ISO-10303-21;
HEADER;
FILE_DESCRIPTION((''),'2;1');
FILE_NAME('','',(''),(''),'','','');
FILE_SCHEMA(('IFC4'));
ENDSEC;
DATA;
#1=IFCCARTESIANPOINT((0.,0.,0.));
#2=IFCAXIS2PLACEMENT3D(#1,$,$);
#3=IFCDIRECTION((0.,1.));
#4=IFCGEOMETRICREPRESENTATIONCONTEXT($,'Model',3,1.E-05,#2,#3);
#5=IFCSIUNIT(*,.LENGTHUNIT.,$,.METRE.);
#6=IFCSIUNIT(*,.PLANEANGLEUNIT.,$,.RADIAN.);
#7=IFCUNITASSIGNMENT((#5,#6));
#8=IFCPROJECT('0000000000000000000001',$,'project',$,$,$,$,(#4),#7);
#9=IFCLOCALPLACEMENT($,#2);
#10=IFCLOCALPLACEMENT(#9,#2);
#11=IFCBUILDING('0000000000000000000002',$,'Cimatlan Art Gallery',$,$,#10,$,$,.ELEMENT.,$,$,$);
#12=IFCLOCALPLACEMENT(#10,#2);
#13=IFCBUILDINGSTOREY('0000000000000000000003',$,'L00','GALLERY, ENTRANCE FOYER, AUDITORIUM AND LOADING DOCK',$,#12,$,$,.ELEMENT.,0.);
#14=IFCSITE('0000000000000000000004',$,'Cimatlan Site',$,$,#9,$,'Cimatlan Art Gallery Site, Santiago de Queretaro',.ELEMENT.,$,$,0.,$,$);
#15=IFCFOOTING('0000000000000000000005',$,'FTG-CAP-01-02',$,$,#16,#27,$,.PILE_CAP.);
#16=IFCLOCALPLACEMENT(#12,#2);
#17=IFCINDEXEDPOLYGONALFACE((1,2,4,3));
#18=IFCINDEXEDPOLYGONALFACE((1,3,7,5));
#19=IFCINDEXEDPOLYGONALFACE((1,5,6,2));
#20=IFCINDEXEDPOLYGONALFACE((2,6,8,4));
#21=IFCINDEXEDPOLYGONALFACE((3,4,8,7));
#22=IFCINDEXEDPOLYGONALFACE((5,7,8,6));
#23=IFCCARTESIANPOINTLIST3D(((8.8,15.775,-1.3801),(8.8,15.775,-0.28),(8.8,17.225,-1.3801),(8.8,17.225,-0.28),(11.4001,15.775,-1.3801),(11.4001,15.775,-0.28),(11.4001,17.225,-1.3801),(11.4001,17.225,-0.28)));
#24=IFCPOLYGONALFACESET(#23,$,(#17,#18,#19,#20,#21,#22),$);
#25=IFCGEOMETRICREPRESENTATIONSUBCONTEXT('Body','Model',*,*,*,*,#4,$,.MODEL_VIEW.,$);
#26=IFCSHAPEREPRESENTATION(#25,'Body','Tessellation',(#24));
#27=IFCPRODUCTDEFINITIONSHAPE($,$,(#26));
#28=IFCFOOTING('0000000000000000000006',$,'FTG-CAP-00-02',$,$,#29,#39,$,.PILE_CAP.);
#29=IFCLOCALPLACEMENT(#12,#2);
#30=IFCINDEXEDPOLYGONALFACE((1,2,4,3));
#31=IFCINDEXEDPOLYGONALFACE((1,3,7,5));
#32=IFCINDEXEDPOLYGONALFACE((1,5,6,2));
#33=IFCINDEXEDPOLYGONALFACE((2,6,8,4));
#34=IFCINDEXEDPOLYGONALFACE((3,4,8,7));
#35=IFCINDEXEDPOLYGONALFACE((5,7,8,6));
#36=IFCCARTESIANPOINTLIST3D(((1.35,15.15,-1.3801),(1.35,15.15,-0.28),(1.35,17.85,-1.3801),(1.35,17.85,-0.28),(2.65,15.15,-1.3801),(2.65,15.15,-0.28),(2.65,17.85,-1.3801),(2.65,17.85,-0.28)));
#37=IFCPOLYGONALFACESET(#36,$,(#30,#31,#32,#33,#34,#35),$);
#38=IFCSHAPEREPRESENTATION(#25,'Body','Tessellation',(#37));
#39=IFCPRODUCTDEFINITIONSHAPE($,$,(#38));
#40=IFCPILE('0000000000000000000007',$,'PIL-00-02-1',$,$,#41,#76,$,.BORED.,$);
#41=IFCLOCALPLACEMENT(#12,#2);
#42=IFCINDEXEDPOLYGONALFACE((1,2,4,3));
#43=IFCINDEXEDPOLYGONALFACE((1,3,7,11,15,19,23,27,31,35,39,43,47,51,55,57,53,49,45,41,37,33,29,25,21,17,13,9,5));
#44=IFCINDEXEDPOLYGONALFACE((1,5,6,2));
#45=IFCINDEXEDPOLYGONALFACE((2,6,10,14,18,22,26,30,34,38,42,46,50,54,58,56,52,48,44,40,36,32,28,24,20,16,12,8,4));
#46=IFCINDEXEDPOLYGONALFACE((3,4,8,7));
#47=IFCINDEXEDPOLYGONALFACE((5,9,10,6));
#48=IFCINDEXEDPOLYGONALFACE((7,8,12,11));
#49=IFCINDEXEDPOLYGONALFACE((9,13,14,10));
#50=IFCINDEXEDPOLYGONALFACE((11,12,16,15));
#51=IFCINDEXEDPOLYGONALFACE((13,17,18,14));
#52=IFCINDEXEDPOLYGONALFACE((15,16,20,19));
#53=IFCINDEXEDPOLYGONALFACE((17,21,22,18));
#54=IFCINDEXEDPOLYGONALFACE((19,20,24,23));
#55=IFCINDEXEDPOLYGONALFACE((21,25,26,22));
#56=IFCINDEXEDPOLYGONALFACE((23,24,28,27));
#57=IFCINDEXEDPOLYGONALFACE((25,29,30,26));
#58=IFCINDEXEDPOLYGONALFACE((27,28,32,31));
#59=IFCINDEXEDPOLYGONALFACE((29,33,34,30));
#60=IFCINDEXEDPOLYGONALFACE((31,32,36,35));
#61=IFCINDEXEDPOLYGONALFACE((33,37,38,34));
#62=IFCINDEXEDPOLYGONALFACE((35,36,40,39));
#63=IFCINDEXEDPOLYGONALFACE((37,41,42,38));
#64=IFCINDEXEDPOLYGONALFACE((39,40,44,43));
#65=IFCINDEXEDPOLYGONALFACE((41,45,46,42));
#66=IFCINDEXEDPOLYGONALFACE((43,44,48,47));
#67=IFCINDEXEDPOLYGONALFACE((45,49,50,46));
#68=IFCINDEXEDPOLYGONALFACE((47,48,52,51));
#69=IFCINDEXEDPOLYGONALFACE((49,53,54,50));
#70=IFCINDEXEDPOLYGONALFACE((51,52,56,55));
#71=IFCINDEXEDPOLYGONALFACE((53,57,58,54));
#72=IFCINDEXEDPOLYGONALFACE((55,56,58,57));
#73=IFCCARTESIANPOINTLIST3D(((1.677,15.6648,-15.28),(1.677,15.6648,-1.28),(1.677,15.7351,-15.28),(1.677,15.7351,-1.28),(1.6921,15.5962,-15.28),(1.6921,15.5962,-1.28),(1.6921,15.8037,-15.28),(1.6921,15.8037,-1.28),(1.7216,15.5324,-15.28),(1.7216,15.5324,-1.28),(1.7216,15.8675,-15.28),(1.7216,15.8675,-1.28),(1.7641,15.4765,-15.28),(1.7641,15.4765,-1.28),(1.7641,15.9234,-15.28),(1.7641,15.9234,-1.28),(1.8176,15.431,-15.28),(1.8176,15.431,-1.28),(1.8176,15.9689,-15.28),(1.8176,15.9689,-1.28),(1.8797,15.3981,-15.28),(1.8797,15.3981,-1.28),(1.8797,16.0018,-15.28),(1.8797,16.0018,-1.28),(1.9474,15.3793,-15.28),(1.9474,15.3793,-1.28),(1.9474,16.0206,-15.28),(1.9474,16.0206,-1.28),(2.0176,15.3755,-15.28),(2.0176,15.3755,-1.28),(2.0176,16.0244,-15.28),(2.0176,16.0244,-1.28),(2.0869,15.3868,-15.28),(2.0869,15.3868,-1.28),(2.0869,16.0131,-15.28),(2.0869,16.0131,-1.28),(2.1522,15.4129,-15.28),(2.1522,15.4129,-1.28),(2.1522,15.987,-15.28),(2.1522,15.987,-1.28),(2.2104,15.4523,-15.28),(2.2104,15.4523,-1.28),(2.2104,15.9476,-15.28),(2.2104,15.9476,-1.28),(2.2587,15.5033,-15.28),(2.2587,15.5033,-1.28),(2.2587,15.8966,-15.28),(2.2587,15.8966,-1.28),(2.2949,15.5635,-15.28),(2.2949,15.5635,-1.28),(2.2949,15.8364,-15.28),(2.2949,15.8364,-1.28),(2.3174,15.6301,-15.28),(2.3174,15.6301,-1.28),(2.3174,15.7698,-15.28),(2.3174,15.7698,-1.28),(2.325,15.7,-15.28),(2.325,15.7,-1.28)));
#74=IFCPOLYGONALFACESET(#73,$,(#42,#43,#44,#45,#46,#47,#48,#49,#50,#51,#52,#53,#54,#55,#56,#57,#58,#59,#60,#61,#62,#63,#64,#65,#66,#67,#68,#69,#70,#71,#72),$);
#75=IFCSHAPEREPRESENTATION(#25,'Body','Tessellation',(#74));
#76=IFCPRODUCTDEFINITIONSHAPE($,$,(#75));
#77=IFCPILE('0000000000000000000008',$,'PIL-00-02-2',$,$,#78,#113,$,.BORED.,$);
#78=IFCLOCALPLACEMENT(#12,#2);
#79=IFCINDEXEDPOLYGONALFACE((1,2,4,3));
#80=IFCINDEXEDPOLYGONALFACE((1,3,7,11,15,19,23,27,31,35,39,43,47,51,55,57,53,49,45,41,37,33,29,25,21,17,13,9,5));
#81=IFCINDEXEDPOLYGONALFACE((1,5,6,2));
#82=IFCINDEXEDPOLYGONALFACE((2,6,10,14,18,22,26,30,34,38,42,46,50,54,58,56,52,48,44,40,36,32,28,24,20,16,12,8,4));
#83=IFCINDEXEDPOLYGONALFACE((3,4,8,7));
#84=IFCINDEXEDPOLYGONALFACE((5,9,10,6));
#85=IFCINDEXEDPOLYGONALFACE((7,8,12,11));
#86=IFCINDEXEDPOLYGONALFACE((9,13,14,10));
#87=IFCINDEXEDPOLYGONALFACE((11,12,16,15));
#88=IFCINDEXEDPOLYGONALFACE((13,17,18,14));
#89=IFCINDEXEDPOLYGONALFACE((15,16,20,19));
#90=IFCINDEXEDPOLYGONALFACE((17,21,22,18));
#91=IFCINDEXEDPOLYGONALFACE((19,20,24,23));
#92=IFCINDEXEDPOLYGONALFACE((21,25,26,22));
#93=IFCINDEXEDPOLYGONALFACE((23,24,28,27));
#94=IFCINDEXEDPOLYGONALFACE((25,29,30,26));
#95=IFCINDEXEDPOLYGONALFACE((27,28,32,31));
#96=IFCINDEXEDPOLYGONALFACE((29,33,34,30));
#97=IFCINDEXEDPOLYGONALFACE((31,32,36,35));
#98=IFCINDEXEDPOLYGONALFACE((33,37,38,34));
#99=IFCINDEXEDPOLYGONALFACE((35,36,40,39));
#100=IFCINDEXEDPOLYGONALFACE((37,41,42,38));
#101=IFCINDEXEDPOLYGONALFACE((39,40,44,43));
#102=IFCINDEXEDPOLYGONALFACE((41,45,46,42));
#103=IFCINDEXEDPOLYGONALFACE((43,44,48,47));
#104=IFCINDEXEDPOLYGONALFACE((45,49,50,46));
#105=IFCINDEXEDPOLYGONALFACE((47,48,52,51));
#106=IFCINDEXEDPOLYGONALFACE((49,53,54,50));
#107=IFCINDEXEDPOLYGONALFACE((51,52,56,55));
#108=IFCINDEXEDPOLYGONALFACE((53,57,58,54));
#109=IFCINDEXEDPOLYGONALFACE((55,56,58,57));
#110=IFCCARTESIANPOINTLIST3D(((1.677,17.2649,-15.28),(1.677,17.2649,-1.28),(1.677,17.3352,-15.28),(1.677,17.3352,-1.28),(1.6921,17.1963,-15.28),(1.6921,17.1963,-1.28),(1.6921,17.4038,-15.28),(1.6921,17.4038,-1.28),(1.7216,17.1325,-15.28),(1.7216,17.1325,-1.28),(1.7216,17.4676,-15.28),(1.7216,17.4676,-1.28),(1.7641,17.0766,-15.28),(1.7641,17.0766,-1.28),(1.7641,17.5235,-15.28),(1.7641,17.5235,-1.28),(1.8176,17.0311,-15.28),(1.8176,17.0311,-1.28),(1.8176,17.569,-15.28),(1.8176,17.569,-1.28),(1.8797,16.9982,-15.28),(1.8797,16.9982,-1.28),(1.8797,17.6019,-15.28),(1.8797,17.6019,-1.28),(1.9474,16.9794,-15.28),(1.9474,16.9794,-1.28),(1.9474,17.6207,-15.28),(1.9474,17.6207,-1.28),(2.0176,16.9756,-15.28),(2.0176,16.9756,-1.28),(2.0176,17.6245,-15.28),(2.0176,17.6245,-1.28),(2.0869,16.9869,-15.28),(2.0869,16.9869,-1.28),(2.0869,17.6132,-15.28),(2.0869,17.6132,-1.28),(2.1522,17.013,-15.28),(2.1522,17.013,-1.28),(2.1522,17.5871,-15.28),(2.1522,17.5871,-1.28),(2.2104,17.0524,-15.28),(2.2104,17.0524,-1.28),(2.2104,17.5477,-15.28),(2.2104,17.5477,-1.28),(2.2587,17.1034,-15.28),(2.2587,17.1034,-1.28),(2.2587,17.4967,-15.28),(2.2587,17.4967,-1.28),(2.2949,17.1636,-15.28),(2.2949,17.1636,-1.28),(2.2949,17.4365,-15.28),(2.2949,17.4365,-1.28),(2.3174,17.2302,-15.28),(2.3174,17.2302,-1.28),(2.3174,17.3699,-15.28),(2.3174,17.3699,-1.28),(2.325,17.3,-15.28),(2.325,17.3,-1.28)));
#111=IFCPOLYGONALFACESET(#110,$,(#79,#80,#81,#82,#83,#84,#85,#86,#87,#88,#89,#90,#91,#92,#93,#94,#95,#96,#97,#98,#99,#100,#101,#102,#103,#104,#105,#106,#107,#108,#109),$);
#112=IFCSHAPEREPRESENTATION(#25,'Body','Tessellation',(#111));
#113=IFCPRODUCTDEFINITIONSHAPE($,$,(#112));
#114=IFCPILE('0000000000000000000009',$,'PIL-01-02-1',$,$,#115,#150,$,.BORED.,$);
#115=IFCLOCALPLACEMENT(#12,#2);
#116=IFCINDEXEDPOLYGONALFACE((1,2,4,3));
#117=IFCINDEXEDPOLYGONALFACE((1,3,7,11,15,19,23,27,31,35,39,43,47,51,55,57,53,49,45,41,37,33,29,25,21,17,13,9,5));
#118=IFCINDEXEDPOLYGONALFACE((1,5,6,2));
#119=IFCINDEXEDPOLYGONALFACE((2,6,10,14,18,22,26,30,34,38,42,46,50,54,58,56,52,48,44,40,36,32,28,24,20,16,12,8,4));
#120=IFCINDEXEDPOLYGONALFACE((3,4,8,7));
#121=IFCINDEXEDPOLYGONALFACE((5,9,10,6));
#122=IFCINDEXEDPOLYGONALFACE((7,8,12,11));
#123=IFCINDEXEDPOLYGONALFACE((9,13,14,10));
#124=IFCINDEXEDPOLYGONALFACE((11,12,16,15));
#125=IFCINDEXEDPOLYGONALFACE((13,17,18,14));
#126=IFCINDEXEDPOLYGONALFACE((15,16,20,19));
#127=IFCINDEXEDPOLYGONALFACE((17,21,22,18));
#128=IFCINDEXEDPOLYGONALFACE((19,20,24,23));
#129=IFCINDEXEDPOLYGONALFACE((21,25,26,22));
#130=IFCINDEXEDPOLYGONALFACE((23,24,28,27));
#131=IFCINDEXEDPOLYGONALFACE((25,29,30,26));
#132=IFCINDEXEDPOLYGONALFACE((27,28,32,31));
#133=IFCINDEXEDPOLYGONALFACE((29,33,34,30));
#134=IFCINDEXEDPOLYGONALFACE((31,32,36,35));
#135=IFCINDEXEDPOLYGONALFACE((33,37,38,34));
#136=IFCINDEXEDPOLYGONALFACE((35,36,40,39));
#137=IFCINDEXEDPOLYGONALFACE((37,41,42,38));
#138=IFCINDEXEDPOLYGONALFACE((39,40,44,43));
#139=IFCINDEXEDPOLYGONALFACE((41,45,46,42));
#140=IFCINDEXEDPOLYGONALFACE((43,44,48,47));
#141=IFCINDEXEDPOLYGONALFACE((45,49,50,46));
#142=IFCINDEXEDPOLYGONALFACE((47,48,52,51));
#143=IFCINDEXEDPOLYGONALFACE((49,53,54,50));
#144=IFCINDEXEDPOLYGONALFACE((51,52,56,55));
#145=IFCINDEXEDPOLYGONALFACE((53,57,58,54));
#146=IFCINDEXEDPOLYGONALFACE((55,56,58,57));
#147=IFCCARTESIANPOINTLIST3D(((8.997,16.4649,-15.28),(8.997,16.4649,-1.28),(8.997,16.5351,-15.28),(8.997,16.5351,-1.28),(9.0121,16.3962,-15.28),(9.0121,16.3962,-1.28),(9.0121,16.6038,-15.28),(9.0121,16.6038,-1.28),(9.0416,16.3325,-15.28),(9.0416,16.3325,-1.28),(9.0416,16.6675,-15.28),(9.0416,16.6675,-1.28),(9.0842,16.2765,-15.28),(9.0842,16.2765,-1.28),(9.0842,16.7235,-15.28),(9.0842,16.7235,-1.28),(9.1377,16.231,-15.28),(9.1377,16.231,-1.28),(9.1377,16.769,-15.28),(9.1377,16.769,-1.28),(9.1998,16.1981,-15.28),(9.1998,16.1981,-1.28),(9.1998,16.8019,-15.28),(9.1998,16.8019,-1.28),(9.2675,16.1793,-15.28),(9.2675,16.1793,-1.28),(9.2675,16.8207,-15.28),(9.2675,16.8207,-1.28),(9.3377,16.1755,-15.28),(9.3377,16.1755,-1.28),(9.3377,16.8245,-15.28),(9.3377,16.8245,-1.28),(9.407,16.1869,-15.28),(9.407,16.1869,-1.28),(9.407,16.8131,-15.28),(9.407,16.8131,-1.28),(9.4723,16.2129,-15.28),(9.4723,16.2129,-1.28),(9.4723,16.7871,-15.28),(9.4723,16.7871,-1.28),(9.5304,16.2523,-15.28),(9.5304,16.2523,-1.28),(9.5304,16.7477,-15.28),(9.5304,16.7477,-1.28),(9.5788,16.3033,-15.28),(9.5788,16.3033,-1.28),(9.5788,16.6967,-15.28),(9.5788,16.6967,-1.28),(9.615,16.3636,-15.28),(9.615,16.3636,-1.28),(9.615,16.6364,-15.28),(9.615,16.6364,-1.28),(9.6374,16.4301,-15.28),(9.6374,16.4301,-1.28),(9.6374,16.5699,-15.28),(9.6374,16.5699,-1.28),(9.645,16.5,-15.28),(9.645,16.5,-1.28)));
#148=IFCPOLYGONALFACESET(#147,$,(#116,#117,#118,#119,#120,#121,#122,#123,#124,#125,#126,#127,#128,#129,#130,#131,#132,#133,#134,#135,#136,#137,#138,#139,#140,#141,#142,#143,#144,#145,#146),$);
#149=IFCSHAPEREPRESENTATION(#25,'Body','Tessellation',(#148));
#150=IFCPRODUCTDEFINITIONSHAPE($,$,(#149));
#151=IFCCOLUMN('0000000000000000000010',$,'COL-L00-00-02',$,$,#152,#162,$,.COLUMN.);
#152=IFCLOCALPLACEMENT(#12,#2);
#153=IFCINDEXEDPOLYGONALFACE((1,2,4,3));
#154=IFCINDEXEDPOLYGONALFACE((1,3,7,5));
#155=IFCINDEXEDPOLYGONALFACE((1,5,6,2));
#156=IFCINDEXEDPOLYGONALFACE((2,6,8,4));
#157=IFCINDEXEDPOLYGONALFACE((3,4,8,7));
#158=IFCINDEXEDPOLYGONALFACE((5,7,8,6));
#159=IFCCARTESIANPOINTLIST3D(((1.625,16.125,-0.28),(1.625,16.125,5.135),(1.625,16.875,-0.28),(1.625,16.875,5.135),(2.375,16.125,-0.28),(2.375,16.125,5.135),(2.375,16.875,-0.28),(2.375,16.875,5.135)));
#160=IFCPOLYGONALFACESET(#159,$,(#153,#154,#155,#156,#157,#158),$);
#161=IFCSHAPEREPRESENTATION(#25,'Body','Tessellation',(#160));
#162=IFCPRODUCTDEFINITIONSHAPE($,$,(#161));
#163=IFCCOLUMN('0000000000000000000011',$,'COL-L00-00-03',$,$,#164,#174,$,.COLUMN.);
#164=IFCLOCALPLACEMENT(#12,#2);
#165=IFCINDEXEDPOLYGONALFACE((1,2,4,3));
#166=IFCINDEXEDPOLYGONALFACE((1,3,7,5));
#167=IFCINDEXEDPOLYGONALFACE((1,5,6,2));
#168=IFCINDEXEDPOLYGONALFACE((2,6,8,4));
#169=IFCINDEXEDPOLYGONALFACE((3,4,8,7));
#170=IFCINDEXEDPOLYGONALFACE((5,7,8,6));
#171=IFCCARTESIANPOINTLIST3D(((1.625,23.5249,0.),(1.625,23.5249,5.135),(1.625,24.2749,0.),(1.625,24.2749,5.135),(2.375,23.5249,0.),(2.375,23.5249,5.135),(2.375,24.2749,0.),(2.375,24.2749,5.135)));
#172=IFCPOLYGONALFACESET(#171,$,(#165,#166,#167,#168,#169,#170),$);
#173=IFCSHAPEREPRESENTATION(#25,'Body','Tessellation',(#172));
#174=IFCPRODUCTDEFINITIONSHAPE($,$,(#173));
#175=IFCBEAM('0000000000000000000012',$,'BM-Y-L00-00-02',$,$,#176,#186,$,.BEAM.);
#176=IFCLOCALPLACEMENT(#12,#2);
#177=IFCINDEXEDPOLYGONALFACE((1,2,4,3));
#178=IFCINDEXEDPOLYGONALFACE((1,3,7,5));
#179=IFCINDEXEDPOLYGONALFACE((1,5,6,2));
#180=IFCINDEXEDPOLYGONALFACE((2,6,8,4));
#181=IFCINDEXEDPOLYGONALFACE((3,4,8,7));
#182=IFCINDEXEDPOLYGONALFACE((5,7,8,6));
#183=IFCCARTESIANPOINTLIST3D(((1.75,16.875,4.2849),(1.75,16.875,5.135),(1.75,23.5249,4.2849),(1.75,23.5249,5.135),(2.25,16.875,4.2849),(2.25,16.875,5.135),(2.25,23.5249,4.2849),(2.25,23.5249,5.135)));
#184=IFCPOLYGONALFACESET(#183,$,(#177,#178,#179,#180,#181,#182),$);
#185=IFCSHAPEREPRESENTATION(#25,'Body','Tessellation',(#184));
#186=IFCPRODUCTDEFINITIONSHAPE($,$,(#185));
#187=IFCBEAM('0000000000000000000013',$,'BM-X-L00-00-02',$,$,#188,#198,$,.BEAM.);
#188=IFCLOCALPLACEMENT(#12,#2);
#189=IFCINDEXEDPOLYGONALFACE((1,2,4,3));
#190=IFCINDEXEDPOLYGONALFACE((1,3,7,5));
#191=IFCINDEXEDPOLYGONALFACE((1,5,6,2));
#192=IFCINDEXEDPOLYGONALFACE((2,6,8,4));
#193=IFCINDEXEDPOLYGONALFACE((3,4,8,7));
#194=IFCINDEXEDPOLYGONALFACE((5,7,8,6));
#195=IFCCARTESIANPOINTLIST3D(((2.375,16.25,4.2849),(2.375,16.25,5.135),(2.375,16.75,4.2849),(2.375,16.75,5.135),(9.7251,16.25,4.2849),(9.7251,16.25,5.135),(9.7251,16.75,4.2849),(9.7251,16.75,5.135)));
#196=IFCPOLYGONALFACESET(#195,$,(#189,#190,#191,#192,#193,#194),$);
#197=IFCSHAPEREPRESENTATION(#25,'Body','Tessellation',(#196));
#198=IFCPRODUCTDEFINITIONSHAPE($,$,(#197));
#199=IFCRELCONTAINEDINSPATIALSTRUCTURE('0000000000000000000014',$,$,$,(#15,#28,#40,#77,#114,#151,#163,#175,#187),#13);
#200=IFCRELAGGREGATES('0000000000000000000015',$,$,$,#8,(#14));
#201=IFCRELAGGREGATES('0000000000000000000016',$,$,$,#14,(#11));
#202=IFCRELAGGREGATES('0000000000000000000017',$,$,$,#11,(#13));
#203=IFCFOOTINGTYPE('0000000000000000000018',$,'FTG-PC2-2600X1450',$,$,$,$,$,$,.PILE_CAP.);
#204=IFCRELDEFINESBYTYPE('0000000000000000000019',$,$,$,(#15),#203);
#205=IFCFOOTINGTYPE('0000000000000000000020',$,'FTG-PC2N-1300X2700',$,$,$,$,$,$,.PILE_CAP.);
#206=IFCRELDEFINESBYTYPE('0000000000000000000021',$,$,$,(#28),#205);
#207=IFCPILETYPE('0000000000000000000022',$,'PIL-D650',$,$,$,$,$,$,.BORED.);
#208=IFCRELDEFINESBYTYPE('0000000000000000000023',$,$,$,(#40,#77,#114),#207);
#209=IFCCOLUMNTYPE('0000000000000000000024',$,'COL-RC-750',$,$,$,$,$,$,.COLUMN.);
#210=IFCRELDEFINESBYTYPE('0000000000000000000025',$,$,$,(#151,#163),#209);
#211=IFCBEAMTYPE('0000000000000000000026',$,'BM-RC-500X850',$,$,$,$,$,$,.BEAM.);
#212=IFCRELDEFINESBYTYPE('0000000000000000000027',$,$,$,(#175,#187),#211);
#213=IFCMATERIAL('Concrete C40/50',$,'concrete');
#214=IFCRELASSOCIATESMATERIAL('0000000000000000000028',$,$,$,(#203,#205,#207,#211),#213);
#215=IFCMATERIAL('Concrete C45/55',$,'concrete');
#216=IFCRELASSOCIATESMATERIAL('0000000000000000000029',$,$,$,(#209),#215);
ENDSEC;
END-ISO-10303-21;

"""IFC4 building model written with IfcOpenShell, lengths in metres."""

from ifc_helpers import new_model, si_unit, direction, frame, origin, origin_2d, place, context, subcontext, project, spatial, rectangle, circle, extrude, material, material_profile, profile_set, type_object, element, save


model = new_model("IFC4")

# Units and contexts
model_context = context("Model", 3, precision=1e-05, world=origin(), true_north=direction((0.0, 1.0)))
body_context = subcontext(model_context, "Body", "Model", "MODEL_VIEW")
ifc_project = project(units=[si_unit("LENGTHUNIT", "METRE"), si_unit("PLANEANGLEUNIT", "RADIAN")], contexts=[model_context])

# Site, building, storey
site_placement = place(None, origin())
site = spatial("IfcSite", under=ifc_project, at=site_placement, Name="Cimatlan Site", LongName="Cimatlan Art Gallery Site, Santiago de Queretaro", CompositionType="ELEMENT", RefElevation=0.0)
building_placement = place(site_placement, origin())
building = spatial("IfcBuilding", under=site, at=building_placement, Name="Cimatlan Art Gallery", CompositionType="ELEMENT")
storey_placement = place(building_placement, origin())
storey = spatial("IfcBuildingStorey", under=building, at=storey_placement, Name="L00", Description="GALLERY, ENTRANCE FOYER, AUDITORIUM AND LOADING DOCK", CompositionType="ELEMENT", Elevation=0.0)

# Footings
ifc_material_1 = material(Name="Concrete C40/50", Category="concrete")
footing_type_1 = type_object("IfcFootingType", Name="FTG-PC2-2600X1450", PredefinedType="PILE_CAP", material=ifc_material_1)
footing_1_placement = place(storey_placement, frame((10.1001, 16.5, -1.3801), z_axis=(0.0, 0.0, 1.0), x_axis=(1.0, 0.0, 0.0)))
element("IfcFooting", 1, at=footing_1_placement, inside=storey, type_object=footing_type_1, Name="FTG-CAP-01-02", PredefinedType="PILE_CAP", context=body_context, shape_type="SweptSolid", body=[
    extrude(rectangle(XDim=2.6001, YDim=1.45, at=origin_2d()), origin(), (0.0, 0.0, 1.0), 1.1001),
])
footing_type_2 = type_object("IfcFootingType", Name="FTG-PC2N-1300X2700", PredefinedType="PILE_CAP", material=ifc_material_1)
footing_2_placement = place(storey_placement, frame((2.0, 16.5, -1.3801), z_axis=(0.0, 0.0, 1.0), x_axis=(1.0, 0.0, 0.0)))
element("IfcFooting", 2, at=footing_2_placement, inside=storey, type_object=footing_type_2, Name="FTG-CAP-00-02", PredefinedType="PILE_CAP", context=body_context, shape_type="SweptSolid", body=[
    extrude(rectangle(XDim=1.3, YDim=2.7, at=origin_2d()), origin(), (0.0, 0.0, 1.0), 1.1001),
])

# Piles
pile_type = type_object("IfcPileType", Name="PIL-D650", PredefinedType="BORED", material=ifc_material_1)
for number, where, z_axis, x_axis, name in (
    (3, (2.0, 15.7, -1.28), (0.0, 0.0, -1.0), (1.0, 0.0, 0.0), "PIL-00-02-1"),
    (4, (2.0, 17.3, -1.28), (0.0, 0.0, -1.0), (1.0, 0.0, 0.0), "PIL-00-02-2"),
    (5, (9.3201, 16.5, -1.28), (0.0, 0.0, -1.0), (1.0, 0.0, 0.0), "PIL-01-02-1"),
):
    element("IfcPile", number, at=place(storey_placement, frame(where, z_axis=z_axis, x_axis=x_axis)), inside=storey, type_object=pile_type, Name=name, PredefinedType="BORED", context=body_context, shape_type="SweptSolid", body=[
        extrude(circle(Radius=0.325, at=origin_2d()), origin(), (0.0, 0.0, 1.0), 14.0),
    ])

# Columns
ifc_material_2 = material(Name="Concrete C45/55", Category="concrete")
ifc_material_profile_1 = material_profile(ifc_material_2, rectangle(XDim=0.75, YDim=0.75, at=origin_2d()), Name="RC750X750")
ifc_profile_set_1 = profile_set([ifc_material_profile_1], Name="Concrete C45/55")
column_type = type_object("IfcColumnType", Name="COL-RC-750", PredefinedType="COLUMN", material=ifc_profile_set_1)
column_1_placement = place(storey_placement, frame((2.0, 16.5, -0.28), z_axis=(0.0, 0.0, 1.0), x_axis=(1.0, 0.0, 0.0)))
element("IfcColumn", 6, at=column_1_placement, inside=storey, type_object=column_type, Name="COL-L00-00-02", PredefinedType="COLUMN", context=body_context, shape_type="SweptSolid", body=[
    extrude(rectangle(XDim=0.75, YDim=0.75, at=origin_2d()), origin(), (0.0, 0.0, 1.0), 5.415),
])
column_2_placement = place(storey_placement, frame((2.0, 23.8999, 0.0), z_axis=(0.0, 0.0, 1.0), x_axis=(1.0, 0.0, 0.0)))
element("IfcColumn", 7, at=column_2_placement, inside=storey, type_object=column_type, Name="COL-L00-00-03", PredefinedType="COLUMN", context=body_context, shape_type="SweptSolid", body=[
    extrude(rectangle(XDim=0.75, YDim=0.75, at=origin_2d()), origin(), (0.0, 0.0, 1.0), 5.135),
])

# Beams
ifc_material_profile_2 = material_profile(ifc_material_1, rectangle(XDim=0.5, YDim=0.8501, at=origin_2d()), Name="RC500X850")
ifc_profile_set_2 = profile_set([ifc_material_profile_2], Name="Concrete C40/50")
beam_type_1 = type_object("IfcBeamType", Name="BM-RC-500X850", PredefinedType="BEAM", material=ifc_profile_set_2)
beam_placement = place(storey_placement, frame((2.0, 16.875, 4.71), z_axis=(0.0, 1.0, 0.0), x_axis=(-1.0, 0.0, 0.0)))
element("IfcBeam", 8, at=beam_placement, inside=storey, type_object=beam_type_1, Name="BM-Y-L00-00-02", PredefinedType="BEAM", context=body_context, shape_type="SweptSolid", body=[
    extrude(rectangle(XDim=0.5, YDim=0.8501, at=origin_2d()), origin(), (0.0, 0.0, 1.0), 6.6499),
])
for number, where, z_axis, x_axis, name in (
    (9, (2.375, 16.5, 4.71), (1.0, 0.0, 0.0), (0.0, 1.0, 0.0), "BM-X-L00-00-02"),
):
    element("IfcBeam", number, at=place(storey_placement, frame(where, z_axis=z_axis, x_axis=x_axis)), inside=storey, type_object=beam_type_1, Name=name, PredefinedType="BEAM", context=body_context, shape_type="SweptSolid", body=[
        extrude(rectangle(XDim=0.5, YDim=0.8501, at=origin_2d()), origin(), (0.0, 0.0, 1.0), 7.3501),
    ])

save(model, "model.ifc")
